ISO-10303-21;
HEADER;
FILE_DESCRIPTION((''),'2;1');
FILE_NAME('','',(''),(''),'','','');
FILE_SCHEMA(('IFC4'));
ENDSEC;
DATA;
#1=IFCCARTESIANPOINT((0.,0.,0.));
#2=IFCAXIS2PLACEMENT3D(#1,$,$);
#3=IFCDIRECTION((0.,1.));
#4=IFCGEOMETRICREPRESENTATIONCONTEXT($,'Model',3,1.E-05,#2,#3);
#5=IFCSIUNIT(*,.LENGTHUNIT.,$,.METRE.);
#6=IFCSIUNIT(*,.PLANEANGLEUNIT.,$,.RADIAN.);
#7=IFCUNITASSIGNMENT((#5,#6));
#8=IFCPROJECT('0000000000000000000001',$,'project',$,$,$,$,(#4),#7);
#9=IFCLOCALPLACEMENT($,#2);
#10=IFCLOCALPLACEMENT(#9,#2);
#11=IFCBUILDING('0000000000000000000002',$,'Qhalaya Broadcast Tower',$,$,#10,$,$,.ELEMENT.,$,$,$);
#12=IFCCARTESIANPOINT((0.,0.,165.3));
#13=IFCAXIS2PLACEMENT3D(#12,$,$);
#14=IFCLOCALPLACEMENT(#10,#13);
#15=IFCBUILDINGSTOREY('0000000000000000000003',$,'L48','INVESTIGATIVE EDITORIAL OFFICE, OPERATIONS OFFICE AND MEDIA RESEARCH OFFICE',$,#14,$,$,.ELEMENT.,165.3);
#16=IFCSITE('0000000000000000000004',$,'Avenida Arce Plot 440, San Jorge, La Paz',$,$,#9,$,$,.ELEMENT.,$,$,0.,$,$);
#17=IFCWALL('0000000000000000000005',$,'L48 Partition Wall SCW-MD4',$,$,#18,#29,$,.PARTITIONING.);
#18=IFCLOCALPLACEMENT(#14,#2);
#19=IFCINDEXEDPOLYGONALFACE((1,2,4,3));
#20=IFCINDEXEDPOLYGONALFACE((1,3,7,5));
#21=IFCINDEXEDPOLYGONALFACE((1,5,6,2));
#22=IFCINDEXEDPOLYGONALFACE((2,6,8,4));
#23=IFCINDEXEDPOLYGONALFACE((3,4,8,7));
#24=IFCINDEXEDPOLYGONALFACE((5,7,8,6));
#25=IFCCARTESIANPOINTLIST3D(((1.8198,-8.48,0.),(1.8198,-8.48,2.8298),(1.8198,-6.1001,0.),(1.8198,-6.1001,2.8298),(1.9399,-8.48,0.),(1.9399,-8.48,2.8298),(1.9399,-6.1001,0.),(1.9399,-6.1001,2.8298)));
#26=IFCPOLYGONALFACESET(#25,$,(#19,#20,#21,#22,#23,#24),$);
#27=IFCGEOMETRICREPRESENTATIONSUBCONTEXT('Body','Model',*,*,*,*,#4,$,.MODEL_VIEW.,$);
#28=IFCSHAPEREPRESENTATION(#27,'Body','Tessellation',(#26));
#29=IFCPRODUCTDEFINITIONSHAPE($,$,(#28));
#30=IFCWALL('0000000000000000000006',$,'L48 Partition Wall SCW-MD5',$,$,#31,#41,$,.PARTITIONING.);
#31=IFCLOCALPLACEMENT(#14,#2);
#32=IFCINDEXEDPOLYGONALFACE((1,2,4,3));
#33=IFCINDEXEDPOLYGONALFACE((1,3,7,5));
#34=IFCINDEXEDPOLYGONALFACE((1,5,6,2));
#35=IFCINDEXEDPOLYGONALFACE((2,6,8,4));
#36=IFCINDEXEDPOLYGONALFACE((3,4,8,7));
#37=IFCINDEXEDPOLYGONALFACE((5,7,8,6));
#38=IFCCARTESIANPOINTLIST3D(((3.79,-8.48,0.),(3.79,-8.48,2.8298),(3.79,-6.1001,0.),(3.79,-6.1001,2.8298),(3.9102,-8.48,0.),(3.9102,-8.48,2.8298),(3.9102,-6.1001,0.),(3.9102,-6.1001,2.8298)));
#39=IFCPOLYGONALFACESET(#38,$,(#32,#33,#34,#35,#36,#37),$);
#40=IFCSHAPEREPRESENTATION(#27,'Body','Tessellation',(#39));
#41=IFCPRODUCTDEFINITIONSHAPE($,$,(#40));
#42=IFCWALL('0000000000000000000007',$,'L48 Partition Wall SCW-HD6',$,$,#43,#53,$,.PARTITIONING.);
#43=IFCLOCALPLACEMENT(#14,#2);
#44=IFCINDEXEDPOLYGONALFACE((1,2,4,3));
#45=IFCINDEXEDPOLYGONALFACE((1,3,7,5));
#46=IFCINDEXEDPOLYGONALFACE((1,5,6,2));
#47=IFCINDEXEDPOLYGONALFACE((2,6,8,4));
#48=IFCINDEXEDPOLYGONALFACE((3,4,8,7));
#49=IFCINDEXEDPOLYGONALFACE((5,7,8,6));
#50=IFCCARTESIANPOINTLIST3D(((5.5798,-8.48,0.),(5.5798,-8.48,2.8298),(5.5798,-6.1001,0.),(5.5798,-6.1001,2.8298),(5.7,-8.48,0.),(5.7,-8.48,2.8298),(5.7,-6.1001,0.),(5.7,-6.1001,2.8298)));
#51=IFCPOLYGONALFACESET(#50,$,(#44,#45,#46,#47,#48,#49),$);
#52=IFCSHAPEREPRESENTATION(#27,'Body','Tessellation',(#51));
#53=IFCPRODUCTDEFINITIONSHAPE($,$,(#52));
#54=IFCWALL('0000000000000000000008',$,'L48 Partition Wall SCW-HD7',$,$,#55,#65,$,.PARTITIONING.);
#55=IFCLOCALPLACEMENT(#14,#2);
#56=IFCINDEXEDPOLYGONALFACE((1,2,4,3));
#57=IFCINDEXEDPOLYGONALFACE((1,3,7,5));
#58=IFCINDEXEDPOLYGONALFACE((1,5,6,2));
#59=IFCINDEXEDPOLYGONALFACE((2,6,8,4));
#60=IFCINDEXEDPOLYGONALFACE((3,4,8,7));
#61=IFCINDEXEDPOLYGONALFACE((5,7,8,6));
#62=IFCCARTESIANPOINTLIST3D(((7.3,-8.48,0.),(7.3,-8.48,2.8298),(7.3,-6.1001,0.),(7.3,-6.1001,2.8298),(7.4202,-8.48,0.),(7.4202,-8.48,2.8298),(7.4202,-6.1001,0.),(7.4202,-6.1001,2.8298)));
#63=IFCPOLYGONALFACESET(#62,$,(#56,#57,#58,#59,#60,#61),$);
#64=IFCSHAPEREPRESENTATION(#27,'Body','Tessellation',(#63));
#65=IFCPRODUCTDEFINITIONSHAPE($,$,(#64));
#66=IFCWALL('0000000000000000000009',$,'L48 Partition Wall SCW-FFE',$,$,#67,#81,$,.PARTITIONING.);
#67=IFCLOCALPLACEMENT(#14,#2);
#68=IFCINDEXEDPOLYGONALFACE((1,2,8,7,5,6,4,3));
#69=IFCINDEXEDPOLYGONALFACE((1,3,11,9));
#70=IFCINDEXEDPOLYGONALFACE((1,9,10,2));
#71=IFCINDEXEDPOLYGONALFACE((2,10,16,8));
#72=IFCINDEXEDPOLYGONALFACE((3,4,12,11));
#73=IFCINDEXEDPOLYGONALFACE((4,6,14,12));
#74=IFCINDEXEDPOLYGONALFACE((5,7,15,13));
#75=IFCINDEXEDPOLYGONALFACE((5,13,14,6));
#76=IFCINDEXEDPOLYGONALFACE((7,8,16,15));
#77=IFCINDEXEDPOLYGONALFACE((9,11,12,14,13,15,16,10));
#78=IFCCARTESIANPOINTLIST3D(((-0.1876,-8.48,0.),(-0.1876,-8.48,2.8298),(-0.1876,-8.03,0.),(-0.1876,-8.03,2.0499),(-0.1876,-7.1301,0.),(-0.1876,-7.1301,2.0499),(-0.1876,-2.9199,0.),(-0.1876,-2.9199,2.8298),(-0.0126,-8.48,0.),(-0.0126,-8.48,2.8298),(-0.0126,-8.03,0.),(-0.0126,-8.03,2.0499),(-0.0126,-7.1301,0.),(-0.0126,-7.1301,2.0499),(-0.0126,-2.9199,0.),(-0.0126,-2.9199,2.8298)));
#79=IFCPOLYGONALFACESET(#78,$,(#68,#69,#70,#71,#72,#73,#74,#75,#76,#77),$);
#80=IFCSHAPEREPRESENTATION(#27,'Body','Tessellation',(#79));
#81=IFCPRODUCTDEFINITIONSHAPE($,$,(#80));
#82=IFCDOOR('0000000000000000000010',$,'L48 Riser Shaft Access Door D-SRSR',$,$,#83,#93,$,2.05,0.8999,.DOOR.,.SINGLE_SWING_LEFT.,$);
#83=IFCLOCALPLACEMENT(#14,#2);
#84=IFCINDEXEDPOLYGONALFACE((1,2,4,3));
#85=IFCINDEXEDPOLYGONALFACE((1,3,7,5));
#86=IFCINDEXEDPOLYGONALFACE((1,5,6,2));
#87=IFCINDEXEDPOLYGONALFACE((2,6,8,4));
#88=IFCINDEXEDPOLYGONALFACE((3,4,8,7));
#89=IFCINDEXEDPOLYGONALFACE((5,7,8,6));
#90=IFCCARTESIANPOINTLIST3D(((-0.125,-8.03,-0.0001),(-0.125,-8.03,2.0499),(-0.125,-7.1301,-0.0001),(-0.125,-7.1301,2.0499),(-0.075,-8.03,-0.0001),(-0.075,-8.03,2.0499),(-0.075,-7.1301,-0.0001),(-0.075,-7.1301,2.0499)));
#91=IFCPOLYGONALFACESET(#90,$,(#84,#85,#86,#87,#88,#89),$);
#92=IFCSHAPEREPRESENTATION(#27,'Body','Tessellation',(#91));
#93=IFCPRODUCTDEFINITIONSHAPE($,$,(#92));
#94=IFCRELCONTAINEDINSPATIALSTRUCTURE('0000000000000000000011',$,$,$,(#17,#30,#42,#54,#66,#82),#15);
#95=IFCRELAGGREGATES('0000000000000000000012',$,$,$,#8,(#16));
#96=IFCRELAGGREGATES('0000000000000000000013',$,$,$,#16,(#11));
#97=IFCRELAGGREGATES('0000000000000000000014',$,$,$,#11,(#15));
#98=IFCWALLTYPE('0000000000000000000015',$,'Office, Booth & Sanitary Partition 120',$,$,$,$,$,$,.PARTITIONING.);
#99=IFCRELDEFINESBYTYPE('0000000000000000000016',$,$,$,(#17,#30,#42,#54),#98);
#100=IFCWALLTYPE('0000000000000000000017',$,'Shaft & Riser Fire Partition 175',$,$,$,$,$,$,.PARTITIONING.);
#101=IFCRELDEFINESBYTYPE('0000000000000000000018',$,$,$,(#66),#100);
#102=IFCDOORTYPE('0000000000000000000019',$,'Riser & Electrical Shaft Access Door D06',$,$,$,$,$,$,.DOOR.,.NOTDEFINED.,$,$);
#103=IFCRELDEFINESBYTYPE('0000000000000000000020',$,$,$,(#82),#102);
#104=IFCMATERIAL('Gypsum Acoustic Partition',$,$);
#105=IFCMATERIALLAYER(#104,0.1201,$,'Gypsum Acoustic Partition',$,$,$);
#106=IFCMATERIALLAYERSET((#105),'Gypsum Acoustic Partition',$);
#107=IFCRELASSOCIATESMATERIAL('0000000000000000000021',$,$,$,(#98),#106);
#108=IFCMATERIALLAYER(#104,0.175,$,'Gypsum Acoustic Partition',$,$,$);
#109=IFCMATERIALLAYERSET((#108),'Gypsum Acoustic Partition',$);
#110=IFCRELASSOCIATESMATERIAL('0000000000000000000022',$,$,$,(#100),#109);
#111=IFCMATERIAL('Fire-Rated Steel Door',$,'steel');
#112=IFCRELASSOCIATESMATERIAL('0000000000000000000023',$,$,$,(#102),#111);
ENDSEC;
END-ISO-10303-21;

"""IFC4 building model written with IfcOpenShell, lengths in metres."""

from ifc_helpers import new_model, si_unit, direction, frame, frame_2d, origin, place, context, subcontext, project, spatial, rectangle, extrude, material, layer, layer_set, type_object, element, fill, save


model = new_model("IFC4")

# Units and contexts
model_context = context("Model", 3, precision=1e-05, world=origin(), true_north=direction((0.0, 1.0)))
body_context = subcontext(model_context, "Body", "Model", "MODEL_VIEW")
ifc_project = project(units=[si_unit("LENGTHUNIT", "METRE"), si_unit("PLANEANGLEUNIT", "RADIAN")], contexts=[model_context])

# Site, building, storey
site_placement = place(None, origin())
site = spatial("IfcSite", under=ifc_project, at=site_placement, Name="Avenida Arce Plot 440, San Jorge, La Paz", CompositionType="ELEMENT", RefElevation=0.0)
building_placement = place(site_placement, origin())
building = spatial("IfcBuilding", under=site, at=building_placement, Name="Qhalaya Broadcast Tower", CompositionType="ELEMENT")
storey_placement = place(building_placement, frame((0.0, 0.0, 165.3)))
storey = spatial("IfcBuildingStorey", under=building, at=storey_placement, Name="L48", Description="INVESTIGATIVE EDITORIAL OFFICE, OPERATIONS OFFICE AND MEDIA RESEARCH OFFICE", CompositionType="ELEMENT", Elevation=165.3)

# Shared definitions
ifc_material_1 = material(Name="Gypsum Acoustic Partition")

# Walls
ifc_layer_1 = layer(ifc_material_1, 0.1201, Name="Gypsum Acoustic Partition")
ifc_layer_set_1 = layer_set([ifc_layer_1], Name="Gypsum Acoustic Partition")
wall_type_1 = type_object("IfcWallType", Name="Office, Booth & Sanitary Partition 120", PredefinedType="PARTITIONING", material=ifc_layer_set_1)
for number, where, z_axis, x_axis, name in (
    (1, (1.8799, -8.48, 0.0), (0.0, 0.0, 1.0), (0.0, 1.0, 0.0), "L48 Partition Wall SCW-MD4"),
    (2, (3.8501, -8.48, 0.0), (0.0, 0.0, 1.0), (0.0, 1.0, 0.0), "L48 Partition Wall SCW-MD5"),
    (3, (5.6399, -8.48, 0.0), (0.0, 0.0, 1.0), (0.0, 1.0, 0.0), "L48 Partition Wall SCW-HD6"),
    (4, (7.3601, -8.48, 0.0), (0.0, 0.0, 1.0), (0.0, 1.0, 0.0), "L48 Partition Wall SCW-HD7"),
):
    element("IfcWall", number, at=place(storey_placement, frame(where, z_axis=z_axis, x_axis=x_axis)), inside=storey, type_object=wall_type_1, Name=name, PredefinedType="PARTITIONING", context=body_context, shape_type="SweptSolid", body=[
        extrude(rectangle(XDim=2.3799, YDim=0.1201, at=frame_2d((1.1899, 0.0))), origin(), (0.0, 0.0, 1.0), 2.8298),
    ])

# Wall, opening, door
ifc_layer_2 = layer(ifc_material_1, 0.175, Name="Gypsum Acoustic Partition")
ifc_layer_set_2 = layer_set([ifc_layer_2], Name="Gypsum Acoustic Partition")
wall_type_2 = type_object("IfcWallType", Name="Shaft & Riser Fire Partition 175", PredefinedType="PARTITIONING", material=ifc_layer_set_2)
wall_1_placement = place(storey_placement, frame((-0.1001, -8.48, 0.0), z_axis=(0.0, 0.0, 1.0), x_axis=(0.0, 1.0, 0.0)))
wall_1 = element("IfcWall", 5, at=wall_1_placement, inside=storey, type_object=wall_type_2, Name="L48 Partition Wall SCW-FFE", PredefinedType="PARTITIONING", context=body_context, shape_type="SweptSolid", body=[
    extrude(rectangle(XDim=5.5601, YDim=0.175, at=frame_2d((2.78, 0.0))), origin(), (0.0, 0.0, 1.0), 2.8298),
])
opening_1_placement = place(wall_1_placement, frame((0.45, 0.0, 0.0)))
opening_1 = element("IfcOpeningElement", 6, at=opening_1_placement, cuts=wall_1, PredefinedType="OPENING", context=body_context, shape_type="SweptSolid", body=[
    extrude(rectangle(XDim=0.8999, YDim=2.05, at=frame_2d((0.45, 1.0249))), frame((0.0, 0.0996, 0.0), z_axis=(0.0, -1.0, 0.0), x_axis=(1.0, 0.0, 0.0)), (0.0, 0.0, 1.0), 0.199),
])
ifc_material_2 = material(Name="Fire-Rated Steel Door", Category="steel")
door_type_1 = type_object("IfcDoorType", Name="Riser & Electrical Shaft Access Door D06", OperationType="NOTDEFINED", PredefinedType="DOOR", material=ifc_material_2)
door_1_placement = place(opening_1_placement, origin())
door_1 = element("IfcDoor", 7, at=door_1_placement, inside=storey, type_object=door_type_1, Name="L48 Riser Shaft Access Door D-SRSR", OperationType="SINGLE_SWING_LEFT", OverallHeight=2.05, OverallWidth=0.8999, PredefinedType="DOOR", context=body_context, shape_type="SweptSolid", body=[
    extrude(rectangle(XDim=0.8999, YDim=2.05, at=frame_2d((0.45, 1.0249))), frame((0.0, 0.0249, 0.0), z_axis=(0.0, -1.0, 0.0), x_axis=(1.0, 0.0, 0.0)), (0.0, 0.0, 1.0), 0.05),
])
fill(opening_1, door_1)

save(model, "model.ifc")
